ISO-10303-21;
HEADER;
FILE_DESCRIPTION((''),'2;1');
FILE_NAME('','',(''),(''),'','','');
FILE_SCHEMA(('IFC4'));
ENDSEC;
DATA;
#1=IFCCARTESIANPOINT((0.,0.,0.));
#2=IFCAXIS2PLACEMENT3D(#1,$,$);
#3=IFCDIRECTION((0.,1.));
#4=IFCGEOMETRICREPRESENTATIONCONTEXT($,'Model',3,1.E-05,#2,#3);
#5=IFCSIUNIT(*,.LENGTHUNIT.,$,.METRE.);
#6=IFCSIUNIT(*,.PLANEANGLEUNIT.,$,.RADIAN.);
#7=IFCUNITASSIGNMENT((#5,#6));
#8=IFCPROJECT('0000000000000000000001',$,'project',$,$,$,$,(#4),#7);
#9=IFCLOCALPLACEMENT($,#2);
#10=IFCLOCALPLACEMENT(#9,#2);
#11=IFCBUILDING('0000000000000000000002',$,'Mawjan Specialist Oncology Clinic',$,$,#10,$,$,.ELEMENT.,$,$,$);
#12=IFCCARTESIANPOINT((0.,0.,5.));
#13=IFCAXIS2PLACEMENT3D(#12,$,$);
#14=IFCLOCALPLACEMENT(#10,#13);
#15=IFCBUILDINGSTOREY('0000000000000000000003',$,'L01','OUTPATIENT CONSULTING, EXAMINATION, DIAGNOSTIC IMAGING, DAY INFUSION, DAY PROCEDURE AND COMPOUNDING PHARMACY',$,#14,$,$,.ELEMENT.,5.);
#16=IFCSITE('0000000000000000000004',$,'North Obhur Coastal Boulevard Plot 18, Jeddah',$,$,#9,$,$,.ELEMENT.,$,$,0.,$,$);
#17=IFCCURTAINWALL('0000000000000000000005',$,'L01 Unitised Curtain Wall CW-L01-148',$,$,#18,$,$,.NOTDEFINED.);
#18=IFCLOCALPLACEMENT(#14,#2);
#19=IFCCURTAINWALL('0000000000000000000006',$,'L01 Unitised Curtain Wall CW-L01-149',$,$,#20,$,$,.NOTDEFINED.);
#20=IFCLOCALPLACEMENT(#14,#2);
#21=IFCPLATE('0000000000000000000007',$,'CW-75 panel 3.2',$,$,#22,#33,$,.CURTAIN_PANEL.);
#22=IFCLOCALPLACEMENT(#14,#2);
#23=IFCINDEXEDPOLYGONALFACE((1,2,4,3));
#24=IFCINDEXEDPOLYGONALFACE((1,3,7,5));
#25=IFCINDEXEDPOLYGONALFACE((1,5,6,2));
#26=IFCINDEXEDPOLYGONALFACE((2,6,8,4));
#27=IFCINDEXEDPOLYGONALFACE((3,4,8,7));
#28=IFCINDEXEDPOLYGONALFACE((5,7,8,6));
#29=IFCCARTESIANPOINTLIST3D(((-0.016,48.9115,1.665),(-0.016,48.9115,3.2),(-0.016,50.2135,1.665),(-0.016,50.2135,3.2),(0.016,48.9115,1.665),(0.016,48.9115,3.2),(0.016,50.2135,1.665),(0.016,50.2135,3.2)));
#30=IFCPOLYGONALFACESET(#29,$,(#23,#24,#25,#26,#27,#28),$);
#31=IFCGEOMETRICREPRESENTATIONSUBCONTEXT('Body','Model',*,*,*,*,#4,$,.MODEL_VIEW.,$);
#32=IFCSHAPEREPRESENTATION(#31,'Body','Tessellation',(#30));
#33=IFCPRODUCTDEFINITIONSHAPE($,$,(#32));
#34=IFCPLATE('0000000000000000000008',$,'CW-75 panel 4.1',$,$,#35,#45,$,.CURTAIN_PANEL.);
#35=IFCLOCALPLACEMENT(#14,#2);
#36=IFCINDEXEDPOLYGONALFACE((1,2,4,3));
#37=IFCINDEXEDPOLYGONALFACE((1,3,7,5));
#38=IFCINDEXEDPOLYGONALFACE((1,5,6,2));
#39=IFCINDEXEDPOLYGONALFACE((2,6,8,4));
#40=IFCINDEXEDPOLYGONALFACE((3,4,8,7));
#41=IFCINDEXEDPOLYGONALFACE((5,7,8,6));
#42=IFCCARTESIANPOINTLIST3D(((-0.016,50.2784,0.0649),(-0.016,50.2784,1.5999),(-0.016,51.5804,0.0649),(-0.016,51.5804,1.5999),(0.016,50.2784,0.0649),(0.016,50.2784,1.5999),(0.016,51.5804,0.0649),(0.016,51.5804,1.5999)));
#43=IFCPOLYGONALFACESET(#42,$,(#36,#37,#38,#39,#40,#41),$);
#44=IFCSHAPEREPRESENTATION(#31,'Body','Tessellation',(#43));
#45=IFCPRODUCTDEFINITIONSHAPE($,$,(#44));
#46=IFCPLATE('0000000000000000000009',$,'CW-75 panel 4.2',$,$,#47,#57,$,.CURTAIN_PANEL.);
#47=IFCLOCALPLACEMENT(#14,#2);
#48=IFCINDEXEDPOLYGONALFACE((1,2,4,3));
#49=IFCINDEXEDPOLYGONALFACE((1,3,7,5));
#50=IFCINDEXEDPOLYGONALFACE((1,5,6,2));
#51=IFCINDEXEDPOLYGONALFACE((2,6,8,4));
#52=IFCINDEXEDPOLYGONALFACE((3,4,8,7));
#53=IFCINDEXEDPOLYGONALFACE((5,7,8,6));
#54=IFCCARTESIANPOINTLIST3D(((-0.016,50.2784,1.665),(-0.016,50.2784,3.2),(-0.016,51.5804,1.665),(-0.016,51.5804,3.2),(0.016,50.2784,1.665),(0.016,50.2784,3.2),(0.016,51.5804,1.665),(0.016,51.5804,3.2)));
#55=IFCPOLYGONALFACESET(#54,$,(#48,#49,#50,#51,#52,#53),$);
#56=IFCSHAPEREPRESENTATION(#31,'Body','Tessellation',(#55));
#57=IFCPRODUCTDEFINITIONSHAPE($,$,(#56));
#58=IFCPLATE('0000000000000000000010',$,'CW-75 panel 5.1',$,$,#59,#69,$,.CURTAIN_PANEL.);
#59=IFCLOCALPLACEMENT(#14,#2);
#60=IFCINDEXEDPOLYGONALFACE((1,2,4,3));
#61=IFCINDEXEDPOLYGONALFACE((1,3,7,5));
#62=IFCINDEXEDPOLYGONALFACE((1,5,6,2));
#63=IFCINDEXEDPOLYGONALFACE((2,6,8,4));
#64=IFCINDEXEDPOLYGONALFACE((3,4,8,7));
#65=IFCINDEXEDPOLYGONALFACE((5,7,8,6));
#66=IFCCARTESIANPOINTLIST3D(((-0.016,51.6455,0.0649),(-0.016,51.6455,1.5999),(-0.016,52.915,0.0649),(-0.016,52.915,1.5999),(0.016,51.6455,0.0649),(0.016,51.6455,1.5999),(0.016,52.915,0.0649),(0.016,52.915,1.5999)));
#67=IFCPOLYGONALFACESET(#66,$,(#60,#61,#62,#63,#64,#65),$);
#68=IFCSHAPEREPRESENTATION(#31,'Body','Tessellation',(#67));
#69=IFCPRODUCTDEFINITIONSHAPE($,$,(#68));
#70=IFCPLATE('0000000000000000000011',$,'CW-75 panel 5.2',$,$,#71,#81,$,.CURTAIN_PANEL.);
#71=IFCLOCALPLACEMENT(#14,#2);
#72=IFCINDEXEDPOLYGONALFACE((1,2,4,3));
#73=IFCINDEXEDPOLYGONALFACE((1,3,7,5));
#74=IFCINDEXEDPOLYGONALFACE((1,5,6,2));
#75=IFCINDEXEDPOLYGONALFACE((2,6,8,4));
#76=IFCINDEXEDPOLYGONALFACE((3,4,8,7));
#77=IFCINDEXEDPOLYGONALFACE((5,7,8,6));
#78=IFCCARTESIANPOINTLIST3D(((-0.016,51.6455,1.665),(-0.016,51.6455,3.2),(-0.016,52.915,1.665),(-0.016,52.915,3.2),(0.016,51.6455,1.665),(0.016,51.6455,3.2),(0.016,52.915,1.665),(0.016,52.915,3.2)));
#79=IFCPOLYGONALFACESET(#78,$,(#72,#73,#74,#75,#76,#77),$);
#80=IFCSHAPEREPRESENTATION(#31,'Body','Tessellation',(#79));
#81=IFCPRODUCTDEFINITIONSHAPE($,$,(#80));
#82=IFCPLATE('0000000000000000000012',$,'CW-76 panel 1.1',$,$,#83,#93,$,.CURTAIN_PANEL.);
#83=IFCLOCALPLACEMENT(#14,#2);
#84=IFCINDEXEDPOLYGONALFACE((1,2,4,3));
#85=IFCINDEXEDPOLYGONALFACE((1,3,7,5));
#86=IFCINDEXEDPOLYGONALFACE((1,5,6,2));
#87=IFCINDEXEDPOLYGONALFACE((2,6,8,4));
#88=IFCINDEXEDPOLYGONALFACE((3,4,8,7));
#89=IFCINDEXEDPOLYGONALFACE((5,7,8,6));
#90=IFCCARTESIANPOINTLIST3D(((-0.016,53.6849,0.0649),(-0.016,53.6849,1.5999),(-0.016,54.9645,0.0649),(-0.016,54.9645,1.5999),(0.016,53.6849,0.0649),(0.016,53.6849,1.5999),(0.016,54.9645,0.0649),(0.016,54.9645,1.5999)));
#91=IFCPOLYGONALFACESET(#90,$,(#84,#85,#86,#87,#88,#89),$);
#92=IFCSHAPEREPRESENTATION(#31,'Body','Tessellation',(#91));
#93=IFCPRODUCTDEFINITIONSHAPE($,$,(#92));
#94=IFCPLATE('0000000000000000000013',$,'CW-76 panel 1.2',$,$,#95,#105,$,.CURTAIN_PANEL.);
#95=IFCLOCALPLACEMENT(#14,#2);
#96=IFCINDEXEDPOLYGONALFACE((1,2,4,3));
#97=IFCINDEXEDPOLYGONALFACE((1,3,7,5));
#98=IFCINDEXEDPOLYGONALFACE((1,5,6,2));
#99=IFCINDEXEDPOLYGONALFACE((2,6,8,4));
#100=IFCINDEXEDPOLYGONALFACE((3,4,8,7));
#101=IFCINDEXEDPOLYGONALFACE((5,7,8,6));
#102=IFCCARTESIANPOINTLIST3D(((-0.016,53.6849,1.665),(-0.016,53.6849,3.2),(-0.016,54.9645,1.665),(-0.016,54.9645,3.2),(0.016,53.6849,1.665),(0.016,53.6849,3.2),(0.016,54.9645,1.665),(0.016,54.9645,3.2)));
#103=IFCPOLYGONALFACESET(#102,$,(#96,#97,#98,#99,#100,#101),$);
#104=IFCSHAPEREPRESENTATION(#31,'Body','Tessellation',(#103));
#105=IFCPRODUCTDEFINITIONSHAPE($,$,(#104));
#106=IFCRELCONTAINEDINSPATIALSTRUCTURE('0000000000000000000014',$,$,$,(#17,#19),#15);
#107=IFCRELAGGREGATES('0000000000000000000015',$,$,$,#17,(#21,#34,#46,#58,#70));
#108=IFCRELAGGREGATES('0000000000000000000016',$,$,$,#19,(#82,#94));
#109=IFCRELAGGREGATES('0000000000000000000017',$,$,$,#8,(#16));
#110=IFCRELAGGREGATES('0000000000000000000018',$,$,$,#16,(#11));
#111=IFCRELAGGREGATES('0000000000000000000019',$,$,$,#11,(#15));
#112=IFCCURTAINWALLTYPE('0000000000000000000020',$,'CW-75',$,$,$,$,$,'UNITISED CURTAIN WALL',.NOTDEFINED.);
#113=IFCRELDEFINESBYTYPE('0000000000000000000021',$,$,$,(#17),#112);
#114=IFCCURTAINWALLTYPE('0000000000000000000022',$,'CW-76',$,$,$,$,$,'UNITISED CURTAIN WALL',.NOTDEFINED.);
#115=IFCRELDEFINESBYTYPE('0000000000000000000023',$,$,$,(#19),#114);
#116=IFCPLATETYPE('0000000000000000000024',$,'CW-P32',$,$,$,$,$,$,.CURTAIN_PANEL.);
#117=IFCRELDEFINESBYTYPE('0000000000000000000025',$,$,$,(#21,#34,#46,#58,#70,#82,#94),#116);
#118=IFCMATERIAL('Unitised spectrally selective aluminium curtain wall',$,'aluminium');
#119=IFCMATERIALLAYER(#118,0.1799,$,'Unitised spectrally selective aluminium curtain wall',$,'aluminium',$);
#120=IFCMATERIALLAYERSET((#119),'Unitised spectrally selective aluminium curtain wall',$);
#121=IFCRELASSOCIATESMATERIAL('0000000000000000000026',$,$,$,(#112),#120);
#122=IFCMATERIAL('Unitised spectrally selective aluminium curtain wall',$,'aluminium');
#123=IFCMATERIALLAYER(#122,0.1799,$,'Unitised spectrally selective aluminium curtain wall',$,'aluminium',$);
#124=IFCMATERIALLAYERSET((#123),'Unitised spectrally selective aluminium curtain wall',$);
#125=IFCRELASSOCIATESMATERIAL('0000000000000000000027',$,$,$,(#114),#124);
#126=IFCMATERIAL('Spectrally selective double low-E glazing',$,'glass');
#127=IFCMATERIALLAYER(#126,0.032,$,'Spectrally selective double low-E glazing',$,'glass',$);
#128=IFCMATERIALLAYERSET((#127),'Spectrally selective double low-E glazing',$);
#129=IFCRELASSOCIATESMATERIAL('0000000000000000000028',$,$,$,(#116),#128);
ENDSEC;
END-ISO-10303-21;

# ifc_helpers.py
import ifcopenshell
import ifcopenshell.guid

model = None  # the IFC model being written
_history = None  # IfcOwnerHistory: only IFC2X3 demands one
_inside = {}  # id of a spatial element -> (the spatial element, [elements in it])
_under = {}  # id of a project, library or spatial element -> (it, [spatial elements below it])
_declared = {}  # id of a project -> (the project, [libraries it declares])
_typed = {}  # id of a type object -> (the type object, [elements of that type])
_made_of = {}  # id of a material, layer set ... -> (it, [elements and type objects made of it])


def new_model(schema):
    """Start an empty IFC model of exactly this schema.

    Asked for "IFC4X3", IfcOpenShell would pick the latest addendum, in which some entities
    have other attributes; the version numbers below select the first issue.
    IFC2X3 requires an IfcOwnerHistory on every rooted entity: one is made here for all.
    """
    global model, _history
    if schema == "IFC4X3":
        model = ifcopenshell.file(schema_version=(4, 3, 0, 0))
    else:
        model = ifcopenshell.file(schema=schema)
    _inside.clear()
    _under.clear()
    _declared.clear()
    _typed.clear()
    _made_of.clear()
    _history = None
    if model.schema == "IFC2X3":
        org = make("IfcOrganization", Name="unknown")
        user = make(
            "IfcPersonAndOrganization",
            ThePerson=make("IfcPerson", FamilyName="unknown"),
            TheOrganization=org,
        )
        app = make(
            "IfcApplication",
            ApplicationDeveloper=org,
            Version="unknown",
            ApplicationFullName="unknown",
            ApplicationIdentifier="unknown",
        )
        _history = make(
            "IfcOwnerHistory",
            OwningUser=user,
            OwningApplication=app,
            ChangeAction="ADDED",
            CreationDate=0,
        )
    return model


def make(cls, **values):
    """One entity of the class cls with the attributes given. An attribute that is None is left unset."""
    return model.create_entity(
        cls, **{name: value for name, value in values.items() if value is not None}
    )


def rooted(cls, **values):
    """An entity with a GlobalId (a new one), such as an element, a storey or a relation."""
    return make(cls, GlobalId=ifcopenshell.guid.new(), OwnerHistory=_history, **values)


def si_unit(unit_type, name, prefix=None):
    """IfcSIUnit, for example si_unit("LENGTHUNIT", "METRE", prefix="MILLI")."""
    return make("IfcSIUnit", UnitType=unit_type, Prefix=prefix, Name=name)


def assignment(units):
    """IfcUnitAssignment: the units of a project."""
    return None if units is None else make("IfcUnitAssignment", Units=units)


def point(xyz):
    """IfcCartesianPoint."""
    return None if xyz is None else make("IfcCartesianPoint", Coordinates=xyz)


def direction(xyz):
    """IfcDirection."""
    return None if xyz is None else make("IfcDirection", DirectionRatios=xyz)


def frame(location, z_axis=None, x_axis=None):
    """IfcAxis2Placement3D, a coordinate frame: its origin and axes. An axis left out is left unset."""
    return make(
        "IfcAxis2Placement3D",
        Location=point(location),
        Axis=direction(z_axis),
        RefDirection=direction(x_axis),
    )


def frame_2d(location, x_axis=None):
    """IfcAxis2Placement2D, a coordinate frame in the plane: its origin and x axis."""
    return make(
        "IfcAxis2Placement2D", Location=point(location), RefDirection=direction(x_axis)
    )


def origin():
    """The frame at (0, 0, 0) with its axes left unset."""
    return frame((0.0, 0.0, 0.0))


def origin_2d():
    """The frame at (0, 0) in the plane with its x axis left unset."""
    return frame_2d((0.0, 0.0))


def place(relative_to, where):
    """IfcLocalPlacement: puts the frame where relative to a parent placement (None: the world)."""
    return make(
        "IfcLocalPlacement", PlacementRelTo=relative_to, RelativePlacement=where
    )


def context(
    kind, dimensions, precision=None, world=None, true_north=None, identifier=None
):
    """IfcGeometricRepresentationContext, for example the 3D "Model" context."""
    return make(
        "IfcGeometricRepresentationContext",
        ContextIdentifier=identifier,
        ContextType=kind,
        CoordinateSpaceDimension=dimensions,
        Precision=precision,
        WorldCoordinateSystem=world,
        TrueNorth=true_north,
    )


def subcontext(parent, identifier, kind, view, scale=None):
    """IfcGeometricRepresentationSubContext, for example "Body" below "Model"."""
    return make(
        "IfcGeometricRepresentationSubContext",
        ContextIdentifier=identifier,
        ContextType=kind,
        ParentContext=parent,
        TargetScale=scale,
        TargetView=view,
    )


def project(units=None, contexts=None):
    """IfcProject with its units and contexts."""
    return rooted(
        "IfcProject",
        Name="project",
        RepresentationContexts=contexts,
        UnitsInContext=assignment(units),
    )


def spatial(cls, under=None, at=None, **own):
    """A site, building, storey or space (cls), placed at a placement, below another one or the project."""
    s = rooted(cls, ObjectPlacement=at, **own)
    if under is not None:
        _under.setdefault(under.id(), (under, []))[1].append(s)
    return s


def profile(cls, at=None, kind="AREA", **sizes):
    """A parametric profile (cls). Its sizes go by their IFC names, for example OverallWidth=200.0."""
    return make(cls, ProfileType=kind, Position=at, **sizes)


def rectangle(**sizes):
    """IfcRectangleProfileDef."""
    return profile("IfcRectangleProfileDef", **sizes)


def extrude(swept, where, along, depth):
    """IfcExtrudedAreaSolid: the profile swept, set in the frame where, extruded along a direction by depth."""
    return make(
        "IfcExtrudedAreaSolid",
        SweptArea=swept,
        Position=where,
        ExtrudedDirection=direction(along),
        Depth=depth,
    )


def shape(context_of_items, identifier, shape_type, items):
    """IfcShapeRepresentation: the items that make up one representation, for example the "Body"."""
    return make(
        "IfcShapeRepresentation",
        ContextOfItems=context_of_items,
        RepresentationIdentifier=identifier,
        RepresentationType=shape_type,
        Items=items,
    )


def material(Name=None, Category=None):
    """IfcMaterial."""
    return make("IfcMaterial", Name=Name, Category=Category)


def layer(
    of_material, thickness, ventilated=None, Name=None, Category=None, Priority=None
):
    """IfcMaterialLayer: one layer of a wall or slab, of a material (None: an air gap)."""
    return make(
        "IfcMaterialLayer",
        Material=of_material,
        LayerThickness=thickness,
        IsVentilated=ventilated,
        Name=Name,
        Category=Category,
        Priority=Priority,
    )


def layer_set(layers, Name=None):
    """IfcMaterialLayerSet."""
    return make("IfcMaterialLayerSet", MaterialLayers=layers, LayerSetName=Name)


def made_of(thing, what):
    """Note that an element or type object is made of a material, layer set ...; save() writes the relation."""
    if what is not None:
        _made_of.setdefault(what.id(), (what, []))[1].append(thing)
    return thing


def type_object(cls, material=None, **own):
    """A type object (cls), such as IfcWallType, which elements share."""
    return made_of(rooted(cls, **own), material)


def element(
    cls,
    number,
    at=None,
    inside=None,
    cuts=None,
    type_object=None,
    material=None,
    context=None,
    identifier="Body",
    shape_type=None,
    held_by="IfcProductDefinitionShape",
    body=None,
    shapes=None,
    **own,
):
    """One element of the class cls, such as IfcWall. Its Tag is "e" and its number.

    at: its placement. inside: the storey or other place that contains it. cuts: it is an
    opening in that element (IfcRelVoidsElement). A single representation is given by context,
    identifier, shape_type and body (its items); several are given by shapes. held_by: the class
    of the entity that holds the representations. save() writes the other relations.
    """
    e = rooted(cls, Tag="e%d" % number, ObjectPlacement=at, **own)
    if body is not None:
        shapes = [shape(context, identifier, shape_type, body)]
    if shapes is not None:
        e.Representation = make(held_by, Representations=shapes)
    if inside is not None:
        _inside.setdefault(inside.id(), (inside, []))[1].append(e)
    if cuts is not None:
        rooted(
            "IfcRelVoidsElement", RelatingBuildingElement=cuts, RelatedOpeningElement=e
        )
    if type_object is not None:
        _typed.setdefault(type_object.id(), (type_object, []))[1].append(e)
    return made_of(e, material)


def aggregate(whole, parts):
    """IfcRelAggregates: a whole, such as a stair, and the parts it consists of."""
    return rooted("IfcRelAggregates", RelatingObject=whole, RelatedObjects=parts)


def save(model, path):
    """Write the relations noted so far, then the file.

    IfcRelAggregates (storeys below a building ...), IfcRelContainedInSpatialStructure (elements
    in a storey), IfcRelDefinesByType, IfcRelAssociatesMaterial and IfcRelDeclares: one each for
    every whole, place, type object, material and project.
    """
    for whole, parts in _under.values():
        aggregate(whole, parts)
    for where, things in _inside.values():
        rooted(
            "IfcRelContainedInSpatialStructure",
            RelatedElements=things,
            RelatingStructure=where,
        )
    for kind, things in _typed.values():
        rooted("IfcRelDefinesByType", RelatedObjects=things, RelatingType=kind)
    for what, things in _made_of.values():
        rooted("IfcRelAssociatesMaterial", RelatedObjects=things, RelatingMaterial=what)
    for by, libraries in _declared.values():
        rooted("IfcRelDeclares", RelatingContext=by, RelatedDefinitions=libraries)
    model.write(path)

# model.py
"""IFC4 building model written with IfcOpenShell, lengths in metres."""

from ifc_helpers import new_model, si_unit, direction, frame, origin, origin_2d, place, context, subcontext, project, spatial, rectangle, extrude, material, layer, layer_set, type_object, element, aggregate, save


model = new_model("IFC4")

# Units and contexts
model_context = context("Model", 3, precision=1e-05, world=origin(), true_north=direction((0.0, 1.0)))
body_context = subcontext(model_context, "Body", "Model", "MODEL_VIEW")
ifc_project = project(units=[si_unit("LENGTHUNIT", "METRE"), si_unit("PLANEANGLEUNIT", "RADIAN")], contexts=[model_context])

# Site, building, storey
site_placement = place(None, origin())
site = spatial("IfcSite", under=ifc_project, at=site_placement, Name="North Obhur Coastal Boulevard Plot 18, Jeddah", CompositionType="ELEMENT", RefElevation=0.0)
building_placement = place(site_placement, origin())
building = spatial("IfcBuilding", under=site, at=building_placement, Name="Mawjan Specialist Oncology Clinic", CompositionType="ELEMENT")
storey_placement = place(building_placement, frame((0.0, 0.0, 5.0)))
storey = spatial("IfcBuildingStorey", under=building, at=storey_placement, Name="L01", Description="OUTPATIENT CONSULTING, EXAMINATION, DIAGNOSTIC IMAGING, DAY INFUSION, DAY PROCEDURE AND COMPOUNDING PHARMACY", CompositionType="ELEMENT", Elevation=5.0)

# Curtain wall
ifc_material_1 = material(Name="Unitised spectrally selective aluminium curtain wall", Category="aluminium")
ifc_layer_1 = layer(ifc_material_1, 0.1799, Name="Unitised spectrally selective aluminium curtain wall", Category="aluminium")
ifc_layer_set_1 = layer_set([ifc_layer_1], Name="Unitised spectrally selective aluminium curtain wall")
curtain_wall_type_1 = type_object("IfcCurtainWallType", Name="CW-75", ElementType="UNITISED CURTAIN WALL", PredefinedType="NOTDEFINED", material=ifc_layer_set_1)
curtain_wall_1_placement = place(storey_placement, origin())
curtain_wall_1 = element("IfcCurtainWall", 1, at=curtain_wall_1_placement, inside=storey, type_object=curtain_wall_type_1, Name="L01 Unitised Curtain Wall CW-L01-148", PredefinedType="NOTDEFINED")

# Curtain wall
ifc_material_2 = material(Name="Unitised spectrally selective aluminium curtain wall", Category="aluminium")
ifc_layer_2 = layer(ifc_material_2, 0.1799, Name="Unitised spectrally selective aluminium curtain wall", Category="aluminium")
ifc_layer_set_2 = layer_set([ifc_layer_2], Name="Unitised spectrally selective aluminium curtain wall")
curtain_wall_type_2 = type_object("IfcCurtainWallType", Name="CW-76", ElementType="UNITISED CURTAIN WALL", PredefinedType="NOTDEFINED", material=ifc_layer_set_2)
curtain_wall_2_placement = place(storey_placement, origin())
curtain_wall_2 = element("IfcCurtainWall", 2, at=curtain_wall_2_placement, inside=storey, type_object=curtain_wall_type_2, Name="L01 Unitised Curtain Wall CW-L01-149", PredefinedType="NOTDEFINED")

# Plates
ifc_material_3 = material(Name="Spectrally selective double low-E glazing", Category="glass")
ifc_layer_3 = layer(ifc_material_3, 0.032, Name="Spectrally selective double low-E glazing", Category="glass")
ifc_layer_set_3 = layer_set([ifc_layer_3], Name="Spectrally selective double low-E glazing")
plate_type = type_object("IfcPlateType", Name="CW-P32", PredefinedType="CURTAIN_PANEL", material=ifc_layer_set_3)
plate_1_placement = place(storey_placement, frame((0.0, 49.5625, 1.665), z_axis=(0.0, 0.0, 1.0), x_axis=(0.0, 1.0, 0.0)))
plate_1 = element("IfcPlate", 3, at=plate_1_placement, type_object=plate_type, Name="CW-75 panel 3.2", PredefinedType="CURTAIN_PANEL", context=body_context, shape_type="SweptSolid", body=[
    extrude(rectangle(XDim=1.302, YDim=0.032, at=origin_2d()), origin(), (0.0, 0.0, 1.0), 1.5349),
])
plate_2_placement = place(storey_placement, frame((0.0, 50.9294, 0.0649), z_axis=(0.0, 0.0, 1.0), x_axis=(0.0, 1.0, 0.0)))
plate_2 = element("IfcPlate", 4, at=plate_2_placement, type_object=plate_type, Name="CW-75 panel 4.1", PredefinedType="CURTAIN_PANEL", context=body_context, shape_type="SweptSolid", body=[
    extrude(rectangle(XDim=1.302, YDim=0.032, at=origin_2d()), origin(), (0.0, 0.0, 1.0), 1.5349),
])
plate_3_placement = place(storey_placement, frame((0.0, 50.9294, 1.665), z_axis=(0.0, 0.0, 1.0), x_axis=(0.0, 1.0, 0.0)))
plate_3 = element("IfcPlate", 5, at=plate_3_placement, type_object=plate_type, Name="CW-75 panel 4.2", PredefinedType="CURTAIN_PANEL", context=body_context, shape_type="SweptSolid", body=[
    extrude(rectangle(XDim=1.302, YDim=0.032, at=origin_2d()), origin(), (0.0, 0.0, 1.0), 1.5349),
])
plate_4_placement = place(storey_placement, frame((0.0, 52.2803, 0.0649), z_axis=(0.0, 0.0, 1.0), x_axis=(0.0, 1.0, 0.0)))
plate_4 = element("IfcPlate", 6, at=plate_4_placement, type_object=plate_type, Name="CW-75 panel 5.1", PredefinedType="CURTAIN_PANEL", context=body_context, shape_type="SweptSolid", body=[
    extrude(rectangle(XDim=1.2695, YDim=0.032, at=origin_2d()), origin(), (0.0, 0.0, 1.0), 1.5349),
])
plate_5_placement = place(storey_placement, frame((0.0, 52.2803, 1.665), z_axis=(0.0, 0.0, 1.0), x_axis=(0.0, 1.0, 0.0)))
plate_5 = element("IfcPlate", 7, at=plate_5_placement, type_object=plate_type, Name="CW-75 panel 5.2", PredefinedType="CURTAIN_PANEL", context=body_context, shape_type="SweptSolid", body=[
    extrude(rectangle(XDim=1.2695, YDim=0.032, at=origin_2d()), origin(), (0.0, 0.0, 1.0), 1.5349),
])
aggregate(curtain_wall_1, [plate_1, plate_2, plate_3, plate_4, plate_5])
plate_6_placement = place(storey_placement, frame((0.0, 54.3247, 0.0649), z_axis=(0.0, 0.0, 1.0), x_axis=(0.0, 1.0, 0.0)))
plate_6 = element("IfcPlate", 8, at=plate_6_placement, type_object=plate_type, Name="CW-76 panel 1.1", PredefinedType="CURTAIN_PANEL", context=body_context, shape_type="SweptSolid", body=[
    extrude(rectangle(XDim=1.2795, YDim=0.032, at=origin_2d()), origin(), (0.0, 0.0, 1.0), 1.5349),
])
plate_7_placement = place(storey_placement, frame((0.0, 54.3247, 1.665), z_axis=(0.0, 0.0, 1.0), x_axis=(0.0, 1.0, 0.0)))
plate_7 = element("IfcPlate", 9, at=plate_7_placement, type_object=plate_type, Name="CW-76 panel 1.2", PredefinedType="CURTAIN_PANEL", context=body_context, shape_type="SweptSolid", body=[
    extrude(rectangle(XDim=1.2795, YDim=0.032, at=origin_2d()), origin(), (0.0, 0.0, 1.0), 1.5349),
])
aggregate(curtain_wall_2, [plate_6, plate_7])

save(model, "model.ifc")
